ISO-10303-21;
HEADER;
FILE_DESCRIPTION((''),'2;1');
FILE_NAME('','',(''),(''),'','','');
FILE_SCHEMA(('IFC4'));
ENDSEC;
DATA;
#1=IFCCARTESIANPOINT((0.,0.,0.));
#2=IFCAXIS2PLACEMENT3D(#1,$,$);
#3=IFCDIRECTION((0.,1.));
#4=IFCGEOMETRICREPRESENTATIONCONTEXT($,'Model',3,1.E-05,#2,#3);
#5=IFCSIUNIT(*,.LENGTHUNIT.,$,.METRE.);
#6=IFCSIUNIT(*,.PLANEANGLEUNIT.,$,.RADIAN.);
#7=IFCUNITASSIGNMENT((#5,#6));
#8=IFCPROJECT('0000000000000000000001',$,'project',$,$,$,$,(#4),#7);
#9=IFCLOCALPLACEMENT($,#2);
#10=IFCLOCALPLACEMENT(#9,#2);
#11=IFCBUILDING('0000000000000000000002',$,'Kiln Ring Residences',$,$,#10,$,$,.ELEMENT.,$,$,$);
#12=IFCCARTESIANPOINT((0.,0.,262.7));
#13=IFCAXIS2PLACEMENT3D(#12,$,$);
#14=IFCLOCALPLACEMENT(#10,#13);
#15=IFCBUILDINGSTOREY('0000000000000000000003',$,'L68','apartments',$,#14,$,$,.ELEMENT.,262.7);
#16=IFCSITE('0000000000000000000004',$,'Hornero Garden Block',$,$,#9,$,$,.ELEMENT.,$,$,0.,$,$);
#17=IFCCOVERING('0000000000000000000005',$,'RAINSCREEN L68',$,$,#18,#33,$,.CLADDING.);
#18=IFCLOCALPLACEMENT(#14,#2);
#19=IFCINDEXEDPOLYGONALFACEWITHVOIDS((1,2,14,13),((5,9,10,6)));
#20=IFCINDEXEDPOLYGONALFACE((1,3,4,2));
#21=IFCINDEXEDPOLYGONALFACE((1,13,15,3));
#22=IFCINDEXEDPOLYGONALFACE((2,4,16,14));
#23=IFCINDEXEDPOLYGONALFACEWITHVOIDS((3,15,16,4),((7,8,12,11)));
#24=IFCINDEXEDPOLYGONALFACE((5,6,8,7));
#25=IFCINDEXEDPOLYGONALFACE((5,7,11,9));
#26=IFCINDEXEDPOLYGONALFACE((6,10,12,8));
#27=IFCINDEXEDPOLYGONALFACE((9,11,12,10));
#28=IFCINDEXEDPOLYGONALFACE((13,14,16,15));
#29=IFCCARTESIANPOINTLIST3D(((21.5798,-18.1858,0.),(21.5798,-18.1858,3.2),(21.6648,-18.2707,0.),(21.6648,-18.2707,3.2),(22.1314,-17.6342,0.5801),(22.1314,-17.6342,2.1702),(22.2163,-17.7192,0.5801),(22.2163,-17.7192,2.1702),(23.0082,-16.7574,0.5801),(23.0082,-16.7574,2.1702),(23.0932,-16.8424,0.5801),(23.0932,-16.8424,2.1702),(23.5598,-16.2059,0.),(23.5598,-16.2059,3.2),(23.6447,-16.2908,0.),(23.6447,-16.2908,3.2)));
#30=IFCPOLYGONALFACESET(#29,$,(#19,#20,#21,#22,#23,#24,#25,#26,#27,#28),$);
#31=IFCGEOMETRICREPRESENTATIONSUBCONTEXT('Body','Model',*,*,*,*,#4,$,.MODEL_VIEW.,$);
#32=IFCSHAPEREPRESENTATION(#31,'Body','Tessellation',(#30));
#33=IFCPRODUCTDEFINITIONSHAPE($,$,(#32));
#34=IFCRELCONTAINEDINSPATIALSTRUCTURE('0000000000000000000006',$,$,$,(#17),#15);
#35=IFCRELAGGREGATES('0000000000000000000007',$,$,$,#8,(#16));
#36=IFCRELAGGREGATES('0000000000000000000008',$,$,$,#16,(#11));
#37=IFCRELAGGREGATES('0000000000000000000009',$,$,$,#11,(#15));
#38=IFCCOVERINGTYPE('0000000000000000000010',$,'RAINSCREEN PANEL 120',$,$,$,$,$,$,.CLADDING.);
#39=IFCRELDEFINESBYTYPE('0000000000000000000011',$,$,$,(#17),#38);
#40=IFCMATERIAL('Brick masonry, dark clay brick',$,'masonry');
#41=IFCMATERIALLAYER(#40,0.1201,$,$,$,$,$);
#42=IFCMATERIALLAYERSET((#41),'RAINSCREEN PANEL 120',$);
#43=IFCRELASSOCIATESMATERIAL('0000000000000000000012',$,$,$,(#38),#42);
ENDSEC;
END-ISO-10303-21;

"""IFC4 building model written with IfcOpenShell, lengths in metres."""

from ifc_helpers import new_model, si_unit, direction, frame, origin, place, context, subcontext, project, spatial, polyline, outline, extrude, material, layer, layer_set, type_object, element, save


model = new_model("IFC4")

# Units and contexts
model_context = context("Model", 3, precision=1e-05, world=origin(), true_north=direction((0.0, 1.0)))
body_context = subcontext(model_context, "Body", "Model", "MODEL_VIEW")
ifc_project = project(units=[si_unit("LENGTHUNIT", "METRE"), si_unit("PLANEANGLEUNIT", "RADIAN")], contexts=[model_context])

# Site, building, storey
site_placement = place(None, origin())
site = spatial("IfcSite", under=ifc_project, at=site_placement, Name="Hornero Garden Block", CompositionType="ELEMENT", RefElevation=0.0)
building_placement = place(site_placement, origin())
building = spatial("IfcBuilding", under=site, at=building_placement, Name="Kiln Ring Residences", CompositionType="ELEMENT")
storey_placement = place(building_placement, frame((0.0, 0.0, 262.7)))
storey = spatial("IfcBuildingStorey", under=building, at=storey_placement, Name="L68", Description="apartments", CompositionType="ELEMENT", Elevation=262.7)

# Covering
ifc_material_1 = material(Name="Brick masonry, dark clay brick", Category="masonry")
ifc_layer_1 = layer(ifc_material_1, 0.1201)
ifc_layer_set_1 = layer_set([ifc_layer_1], Name="RAINSCREEN PANEL 120")
covering_type = type_object("IfcCoveringType", Name="RAINSCREEN PANEL 120", PredefinedType="CLADDING", material=ifc_layer_set_1)
covering_placement = place(storey_placement, frame((21.6223, -18.2283, 0.0), z_axis=(0.0, 0.0, 1.0), x_axis=(0.707107, 0.707107, 0.0)))
element("IfcCovering", 1, at=covering_placement, inside=storey, type_object=covering_type, Name="RAINSCREEN L68", PredefinedType="CLADDING", context=body_context, shape_type="SweptSolid", body=[
    extrude(outline(polyline([(0.0, 0.0), (2.8, 0.0), (2.8, 3.2), (0.0, 3.2), (0.0, 0.0)]), holes=[polyline([(0.78, 2.1702), (0.78, 0.5801), (2.02, 0.5801), (2.02, 2.1702), (0.78, 2.1702)])]), frame((0.0, 0.0601, 0.0), z_axis=(0.0, -1.0, 0.0), x_axis=(1.0, 0.0, 0.0)), (0.0, 0.0, 1.0), 0.1201),
])

save(model, "model.ifc")
